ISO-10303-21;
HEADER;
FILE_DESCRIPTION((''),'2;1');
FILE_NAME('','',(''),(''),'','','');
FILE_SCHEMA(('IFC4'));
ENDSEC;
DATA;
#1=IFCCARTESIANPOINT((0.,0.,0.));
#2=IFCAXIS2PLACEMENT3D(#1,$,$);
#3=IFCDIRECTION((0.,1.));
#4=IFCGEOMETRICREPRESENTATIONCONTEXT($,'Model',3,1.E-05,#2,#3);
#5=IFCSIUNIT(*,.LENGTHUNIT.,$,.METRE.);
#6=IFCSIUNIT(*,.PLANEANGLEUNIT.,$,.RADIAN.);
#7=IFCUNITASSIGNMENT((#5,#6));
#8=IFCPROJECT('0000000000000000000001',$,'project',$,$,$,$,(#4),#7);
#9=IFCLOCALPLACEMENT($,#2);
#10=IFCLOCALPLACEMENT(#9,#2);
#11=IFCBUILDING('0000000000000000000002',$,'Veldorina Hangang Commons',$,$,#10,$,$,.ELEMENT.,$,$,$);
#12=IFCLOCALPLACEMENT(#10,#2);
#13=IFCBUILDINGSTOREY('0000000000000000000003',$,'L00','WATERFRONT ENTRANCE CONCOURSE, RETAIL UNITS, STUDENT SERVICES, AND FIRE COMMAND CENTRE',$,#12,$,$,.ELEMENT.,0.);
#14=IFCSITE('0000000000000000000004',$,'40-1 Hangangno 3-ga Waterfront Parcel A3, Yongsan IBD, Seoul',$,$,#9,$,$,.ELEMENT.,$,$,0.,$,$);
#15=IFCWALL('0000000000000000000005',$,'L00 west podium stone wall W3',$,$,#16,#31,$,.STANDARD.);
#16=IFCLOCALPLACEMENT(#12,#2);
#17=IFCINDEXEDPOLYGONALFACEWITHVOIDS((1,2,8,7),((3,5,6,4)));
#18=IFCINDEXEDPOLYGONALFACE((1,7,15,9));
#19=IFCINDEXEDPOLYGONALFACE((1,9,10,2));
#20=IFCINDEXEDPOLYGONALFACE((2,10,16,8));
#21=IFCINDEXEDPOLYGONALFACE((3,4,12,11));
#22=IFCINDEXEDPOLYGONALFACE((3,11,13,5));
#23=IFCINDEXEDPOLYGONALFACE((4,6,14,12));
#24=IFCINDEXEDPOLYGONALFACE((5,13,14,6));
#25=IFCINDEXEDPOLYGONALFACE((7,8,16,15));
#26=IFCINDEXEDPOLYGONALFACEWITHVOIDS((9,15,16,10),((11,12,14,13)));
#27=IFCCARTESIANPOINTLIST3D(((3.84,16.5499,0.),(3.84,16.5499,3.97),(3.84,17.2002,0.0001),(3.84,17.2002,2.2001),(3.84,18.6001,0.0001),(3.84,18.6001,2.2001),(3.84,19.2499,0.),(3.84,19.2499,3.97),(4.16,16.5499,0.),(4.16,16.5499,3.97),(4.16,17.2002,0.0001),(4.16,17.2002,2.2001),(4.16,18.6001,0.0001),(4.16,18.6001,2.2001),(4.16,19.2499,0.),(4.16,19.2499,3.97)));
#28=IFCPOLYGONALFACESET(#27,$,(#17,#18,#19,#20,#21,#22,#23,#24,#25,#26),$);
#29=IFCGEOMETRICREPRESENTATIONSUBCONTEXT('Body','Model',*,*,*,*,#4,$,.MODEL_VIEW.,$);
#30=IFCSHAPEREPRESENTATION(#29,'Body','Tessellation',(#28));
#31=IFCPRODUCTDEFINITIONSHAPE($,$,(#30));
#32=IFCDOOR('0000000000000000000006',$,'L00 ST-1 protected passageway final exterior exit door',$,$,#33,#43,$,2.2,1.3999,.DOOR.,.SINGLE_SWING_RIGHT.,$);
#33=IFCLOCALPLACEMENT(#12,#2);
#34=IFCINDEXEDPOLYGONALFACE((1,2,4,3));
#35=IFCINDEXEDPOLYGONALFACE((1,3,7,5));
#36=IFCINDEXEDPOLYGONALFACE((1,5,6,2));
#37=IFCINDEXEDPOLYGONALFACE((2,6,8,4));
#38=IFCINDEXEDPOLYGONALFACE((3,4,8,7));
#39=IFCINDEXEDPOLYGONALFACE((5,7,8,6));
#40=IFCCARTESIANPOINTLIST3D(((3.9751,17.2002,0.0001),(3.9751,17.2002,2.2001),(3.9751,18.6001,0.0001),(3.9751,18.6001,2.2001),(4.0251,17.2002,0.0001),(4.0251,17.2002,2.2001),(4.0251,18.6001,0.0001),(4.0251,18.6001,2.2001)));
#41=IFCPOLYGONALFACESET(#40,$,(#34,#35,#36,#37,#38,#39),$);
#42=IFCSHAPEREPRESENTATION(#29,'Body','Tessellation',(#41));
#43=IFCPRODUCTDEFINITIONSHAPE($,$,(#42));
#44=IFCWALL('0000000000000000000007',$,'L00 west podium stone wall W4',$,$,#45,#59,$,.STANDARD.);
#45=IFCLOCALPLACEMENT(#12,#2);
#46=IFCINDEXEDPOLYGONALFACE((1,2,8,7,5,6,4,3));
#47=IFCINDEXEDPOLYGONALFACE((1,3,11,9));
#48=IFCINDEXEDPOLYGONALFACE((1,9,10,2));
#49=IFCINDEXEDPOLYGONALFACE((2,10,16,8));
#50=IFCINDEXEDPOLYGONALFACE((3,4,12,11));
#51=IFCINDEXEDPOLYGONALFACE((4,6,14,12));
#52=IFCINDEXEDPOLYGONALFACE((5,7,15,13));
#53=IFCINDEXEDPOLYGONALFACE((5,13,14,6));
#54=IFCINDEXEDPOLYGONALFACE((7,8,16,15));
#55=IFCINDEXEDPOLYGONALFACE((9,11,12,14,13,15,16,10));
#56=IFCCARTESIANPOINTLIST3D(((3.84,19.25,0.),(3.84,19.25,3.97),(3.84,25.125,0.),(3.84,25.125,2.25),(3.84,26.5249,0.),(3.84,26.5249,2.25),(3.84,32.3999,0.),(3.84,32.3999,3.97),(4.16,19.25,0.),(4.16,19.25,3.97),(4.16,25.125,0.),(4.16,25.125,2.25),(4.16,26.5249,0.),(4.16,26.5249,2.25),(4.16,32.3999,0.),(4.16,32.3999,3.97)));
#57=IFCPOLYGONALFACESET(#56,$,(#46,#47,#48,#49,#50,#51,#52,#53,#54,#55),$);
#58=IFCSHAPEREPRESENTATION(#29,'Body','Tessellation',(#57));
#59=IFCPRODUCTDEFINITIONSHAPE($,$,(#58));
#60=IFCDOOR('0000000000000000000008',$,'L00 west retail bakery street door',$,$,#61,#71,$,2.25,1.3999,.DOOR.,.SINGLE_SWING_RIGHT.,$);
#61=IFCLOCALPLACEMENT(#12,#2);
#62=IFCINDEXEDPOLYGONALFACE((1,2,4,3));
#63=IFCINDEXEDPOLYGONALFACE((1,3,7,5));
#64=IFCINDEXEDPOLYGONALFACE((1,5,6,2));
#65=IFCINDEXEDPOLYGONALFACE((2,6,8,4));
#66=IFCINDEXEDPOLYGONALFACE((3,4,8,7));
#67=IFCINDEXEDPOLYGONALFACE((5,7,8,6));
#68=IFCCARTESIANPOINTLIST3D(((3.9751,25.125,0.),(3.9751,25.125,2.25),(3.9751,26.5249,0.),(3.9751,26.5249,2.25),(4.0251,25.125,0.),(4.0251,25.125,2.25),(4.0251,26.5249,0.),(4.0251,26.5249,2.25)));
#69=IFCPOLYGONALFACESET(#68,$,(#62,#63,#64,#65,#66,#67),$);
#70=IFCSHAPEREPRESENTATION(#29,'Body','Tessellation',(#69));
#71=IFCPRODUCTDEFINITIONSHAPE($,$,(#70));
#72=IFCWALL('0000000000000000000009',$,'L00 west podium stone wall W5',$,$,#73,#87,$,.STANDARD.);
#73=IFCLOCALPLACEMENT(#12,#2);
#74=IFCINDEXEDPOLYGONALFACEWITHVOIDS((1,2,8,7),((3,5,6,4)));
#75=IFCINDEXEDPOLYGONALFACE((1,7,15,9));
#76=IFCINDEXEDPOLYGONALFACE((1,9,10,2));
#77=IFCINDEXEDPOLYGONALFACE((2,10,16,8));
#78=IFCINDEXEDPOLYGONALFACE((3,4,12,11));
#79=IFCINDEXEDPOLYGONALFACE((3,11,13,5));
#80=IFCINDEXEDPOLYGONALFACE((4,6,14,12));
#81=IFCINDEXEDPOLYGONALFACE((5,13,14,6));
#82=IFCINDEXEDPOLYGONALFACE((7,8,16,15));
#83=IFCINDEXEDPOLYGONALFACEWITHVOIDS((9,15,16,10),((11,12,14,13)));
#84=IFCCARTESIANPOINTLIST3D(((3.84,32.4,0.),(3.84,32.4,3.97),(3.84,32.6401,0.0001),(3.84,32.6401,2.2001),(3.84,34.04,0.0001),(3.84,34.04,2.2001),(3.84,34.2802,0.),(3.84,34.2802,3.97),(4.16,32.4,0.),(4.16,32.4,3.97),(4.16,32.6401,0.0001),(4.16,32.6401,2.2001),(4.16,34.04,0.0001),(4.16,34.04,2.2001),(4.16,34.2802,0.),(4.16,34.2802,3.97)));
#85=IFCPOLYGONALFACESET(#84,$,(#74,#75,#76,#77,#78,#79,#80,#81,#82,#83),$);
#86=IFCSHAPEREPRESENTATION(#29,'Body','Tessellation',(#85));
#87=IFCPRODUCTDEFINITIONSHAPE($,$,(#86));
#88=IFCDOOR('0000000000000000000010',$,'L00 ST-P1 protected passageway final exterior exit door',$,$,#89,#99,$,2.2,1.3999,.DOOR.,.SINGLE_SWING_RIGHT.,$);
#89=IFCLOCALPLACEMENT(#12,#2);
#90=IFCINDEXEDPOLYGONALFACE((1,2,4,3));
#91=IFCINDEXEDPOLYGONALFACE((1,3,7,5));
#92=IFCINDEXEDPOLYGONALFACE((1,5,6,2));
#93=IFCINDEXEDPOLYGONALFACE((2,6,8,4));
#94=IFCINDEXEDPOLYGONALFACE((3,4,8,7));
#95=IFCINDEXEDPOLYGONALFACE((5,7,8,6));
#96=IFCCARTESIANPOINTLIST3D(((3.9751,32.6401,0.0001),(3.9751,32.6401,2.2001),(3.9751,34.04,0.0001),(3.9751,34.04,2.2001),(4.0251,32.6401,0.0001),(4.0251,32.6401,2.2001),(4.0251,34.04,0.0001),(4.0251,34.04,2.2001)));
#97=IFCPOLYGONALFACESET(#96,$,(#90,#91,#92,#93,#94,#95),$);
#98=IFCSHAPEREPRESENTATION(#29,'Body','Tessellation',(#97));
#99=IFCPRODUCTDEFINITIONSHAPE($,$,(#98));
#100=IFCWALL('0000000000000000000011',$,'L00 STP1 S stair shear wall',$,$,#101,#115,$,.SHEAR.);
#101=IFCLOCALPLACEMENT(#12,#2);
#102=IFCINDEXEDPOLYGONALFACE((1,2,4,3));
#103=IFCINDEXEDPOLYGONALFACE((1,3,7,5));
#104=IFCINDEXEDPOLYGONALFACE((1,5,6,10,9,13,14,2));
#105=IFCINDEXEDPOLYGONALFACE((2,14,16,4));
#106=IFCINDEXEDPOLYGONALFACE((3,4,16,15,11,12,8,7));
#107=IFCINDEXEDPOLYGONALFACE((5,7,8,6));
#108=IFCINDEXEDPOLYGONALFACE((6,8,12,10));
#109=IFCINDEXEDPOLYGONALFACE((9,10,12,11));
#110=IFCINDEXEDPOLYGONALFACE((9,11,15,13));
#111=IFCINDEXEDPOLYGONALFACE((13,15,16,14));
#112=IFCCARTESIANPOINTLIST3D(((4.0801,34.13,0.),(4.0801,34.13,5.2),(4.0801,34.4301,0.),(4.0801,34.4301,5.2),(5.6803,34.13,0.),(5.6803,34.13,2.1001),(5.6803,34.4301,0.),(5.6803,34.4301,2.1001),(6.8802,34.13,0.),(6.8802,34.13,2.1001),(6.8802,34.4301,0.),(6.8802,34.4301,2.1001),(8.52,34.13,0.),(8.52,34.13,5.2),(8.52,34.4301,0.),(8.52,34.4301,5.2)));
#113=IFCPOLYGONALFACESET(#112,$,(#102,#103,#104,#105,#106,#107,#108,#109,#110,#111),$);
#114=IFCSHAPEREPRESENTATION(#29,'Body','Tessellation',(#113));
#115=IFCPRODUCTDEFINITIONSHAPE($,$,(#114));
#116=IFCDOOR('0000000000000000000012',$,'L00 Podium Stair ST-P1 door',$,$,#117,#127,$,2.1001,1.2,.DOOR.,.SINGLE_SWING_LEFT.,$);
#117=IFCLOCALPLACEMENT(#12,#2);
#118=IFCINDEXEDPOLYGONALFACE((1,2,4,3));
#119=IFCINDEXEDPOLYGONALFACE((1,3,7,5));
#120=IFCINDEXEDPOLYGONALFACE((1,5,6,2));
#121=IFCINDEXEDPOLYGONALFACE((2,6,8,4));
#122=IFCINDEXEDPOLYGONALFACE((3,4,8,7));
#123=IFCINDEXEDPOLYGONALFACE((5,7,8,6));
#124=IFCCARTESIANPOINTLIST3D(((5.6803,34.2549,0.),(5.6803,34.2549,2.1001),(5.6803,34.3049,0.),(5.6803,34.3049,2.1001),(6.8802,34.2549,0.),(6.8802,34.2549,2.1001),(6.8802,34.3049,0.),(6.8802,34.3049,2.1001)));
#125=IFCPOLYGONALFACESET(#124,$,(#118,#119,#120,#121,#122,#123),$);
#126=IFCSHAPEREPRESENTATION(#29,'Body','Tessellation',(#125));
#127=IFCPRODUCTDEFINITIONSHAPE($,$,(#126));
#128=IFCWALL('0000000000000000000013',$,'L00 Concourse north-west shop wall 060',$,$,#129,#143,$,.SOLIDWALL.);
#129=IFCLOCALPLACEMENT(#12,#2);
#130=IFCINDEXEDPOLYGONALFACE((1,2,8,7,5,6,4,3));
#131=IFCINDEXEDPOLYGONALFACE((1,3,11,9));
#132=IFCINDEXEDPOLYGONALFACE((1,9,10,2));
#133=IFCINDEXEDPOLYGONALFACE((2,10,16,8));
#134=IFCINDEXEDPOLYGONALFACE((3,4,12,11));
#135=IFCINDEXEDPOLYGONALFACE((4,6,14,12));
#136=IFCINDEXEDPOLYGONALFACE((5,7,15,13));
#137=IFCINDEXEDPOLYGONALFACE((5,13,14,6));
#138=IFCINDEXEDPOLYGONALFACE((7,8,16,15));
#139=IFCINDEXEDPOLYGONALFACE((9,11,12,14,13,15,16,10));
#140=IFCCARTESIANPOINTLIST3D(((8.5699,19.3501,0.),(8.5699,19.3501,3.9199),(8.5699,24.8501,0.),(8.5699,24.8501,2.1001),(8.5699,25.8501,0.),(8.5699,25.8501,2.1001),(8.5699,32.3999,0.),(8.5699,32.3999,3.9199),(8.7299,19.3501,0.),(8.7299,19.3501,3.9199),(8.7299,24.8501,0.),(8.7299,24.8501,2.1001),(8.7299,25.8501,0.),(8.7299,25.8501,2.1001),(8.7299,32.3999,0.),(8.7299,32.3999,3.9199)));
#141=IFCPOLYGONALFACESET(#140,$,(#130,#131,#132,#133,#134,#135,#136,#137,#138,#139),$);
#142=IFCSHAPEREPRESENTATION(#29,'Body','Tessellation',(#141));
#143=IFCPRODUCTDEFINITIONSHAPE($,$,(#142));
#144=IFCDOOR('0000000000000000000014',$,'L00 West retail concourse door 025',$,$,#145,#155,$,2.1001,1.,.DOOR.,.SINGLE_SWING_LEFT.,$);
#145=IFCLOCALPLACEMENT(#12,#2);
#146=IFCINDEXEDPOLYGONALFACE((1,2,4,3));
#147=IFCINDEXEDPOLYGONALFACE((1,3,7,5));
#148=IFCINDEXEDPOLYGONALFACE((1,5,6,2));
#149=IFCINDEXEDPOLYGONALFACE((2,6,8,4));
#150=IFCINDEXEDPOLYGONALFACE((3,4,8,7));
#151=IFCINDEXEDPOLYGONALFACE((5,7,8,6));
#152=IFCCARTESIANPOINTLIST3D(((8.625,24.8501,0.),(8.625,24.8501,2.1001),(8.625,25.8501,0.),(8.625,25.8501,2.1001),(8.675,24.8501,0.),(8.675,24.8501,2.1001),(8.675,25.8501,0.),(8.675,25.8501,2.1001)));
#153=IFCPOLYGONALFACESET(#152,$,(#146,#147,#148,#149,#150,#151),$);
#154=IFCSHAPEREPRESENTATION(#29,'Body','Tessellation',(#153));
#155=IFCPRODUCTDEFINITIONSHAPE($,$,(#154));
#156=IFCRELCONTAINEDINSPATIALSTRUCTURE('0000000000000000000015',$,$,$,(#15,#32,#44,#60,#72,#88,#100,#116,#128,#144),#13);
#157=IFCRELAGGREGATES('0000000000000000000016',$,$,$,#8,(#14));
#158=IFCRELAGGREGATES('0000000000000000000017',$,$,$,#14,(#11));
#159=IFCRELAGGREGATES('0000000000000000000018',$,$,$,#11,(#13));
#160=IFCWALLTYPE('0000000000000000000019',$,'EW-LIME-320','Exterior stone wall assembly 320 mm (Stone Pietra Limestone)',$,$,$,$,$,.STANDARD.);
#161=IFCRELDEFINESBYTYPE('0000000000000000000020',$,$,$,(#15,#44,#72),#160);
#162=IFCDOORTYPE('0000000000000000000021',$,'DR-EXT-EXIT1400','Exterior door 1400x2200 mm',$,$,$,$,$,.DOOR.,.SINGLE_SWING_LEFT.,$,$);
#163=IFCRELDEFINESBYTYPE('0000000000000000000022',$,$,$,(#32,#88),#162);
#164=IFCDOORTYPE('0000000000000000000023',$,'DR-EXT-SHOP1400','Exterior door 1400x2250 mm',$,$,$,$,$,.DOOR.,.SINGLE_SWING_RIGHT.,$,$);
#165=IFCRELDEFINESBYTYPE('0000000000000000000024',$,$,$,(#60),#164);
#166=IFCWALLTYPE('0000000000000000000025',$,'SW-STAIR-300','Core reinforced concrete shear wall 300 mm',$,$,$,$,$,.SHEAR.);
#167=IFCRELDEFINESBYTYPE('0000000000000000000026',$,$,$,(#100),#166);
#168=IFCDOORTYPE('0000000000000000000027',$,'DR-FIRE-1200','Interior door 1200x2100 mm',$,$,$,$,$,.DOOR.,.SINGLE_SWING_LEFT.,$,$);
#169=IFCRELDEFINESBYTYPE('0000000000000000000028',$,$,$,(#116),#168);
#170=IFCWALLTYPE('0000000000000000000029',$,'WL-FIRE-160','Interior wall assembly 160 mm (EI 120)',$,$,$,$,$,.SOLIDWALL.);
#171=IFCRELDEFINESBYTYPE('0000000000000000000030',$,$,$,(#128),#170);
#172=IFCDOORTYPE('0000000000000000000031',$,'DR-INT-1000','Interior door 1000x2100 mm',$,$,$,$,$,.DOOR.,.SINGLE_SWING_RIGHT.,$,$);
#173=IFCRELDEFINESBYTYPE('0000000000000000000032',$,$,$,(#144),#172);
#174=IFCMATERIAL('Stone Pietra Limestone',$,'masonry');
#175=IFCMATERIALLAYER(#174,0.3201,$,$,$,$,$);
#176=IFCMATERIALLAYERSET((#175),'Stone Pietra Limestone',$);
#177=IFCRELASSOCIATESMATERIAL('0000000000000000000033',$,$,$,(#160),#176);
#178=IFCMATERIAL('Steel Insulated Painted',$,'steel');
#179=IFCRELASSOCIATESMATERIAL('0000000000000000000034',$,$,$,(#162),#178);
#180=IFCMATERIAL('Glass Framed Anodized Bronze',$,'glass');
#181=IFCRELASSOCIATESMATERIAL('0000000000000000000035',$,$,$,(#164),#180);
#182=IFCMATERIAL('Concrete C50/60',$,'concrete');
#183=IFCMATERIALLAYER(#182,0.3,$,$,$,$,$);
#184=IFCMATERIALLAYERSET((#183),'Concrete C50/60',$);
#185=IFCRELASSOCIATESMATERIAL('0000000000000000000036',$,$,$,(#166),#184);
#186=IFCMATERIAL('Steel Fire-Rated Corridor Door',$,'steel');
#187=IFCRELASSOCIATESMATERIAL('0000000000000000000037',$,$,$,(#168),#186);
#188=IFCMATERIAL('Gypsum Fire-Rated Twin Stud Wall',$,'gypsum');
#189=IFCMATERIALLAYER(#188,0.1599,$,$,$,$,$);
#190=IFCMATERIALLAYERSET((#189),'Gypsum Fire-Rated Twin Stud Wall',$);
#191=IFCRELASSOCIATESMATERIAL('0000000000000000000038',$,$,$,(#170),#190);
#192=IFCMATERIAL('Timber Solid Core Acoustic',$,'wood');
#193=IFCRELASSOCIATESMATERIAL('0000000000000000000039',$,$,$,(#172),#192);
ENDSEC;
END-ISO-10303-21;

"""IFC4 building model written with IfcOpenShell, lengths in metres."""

from ifc_helpers import new_model, si_unit, direction, frame, frame_2d, origin, place, context, subcontext, project, spatial, rectangle, extrude, material, layer, layer_set, type_object, element, fill, save


model = new_model("IFC4")

# Units and contexts
model_context = context("Model", 3, precision=1e-05, world=origin(), true_north=direction((0.0, 1.0)))
body_context = subcontext(model_context, "Body", "Model", "MODEL_VIEW")
ifc_project = project(units=[si_unit("LENGTHUNIT", "METRE"), si_unit("PLANEANGLEUNIT", "RADIAN")], contexts=[model_context])

# Site, building, storey
site_placement = place(None, origin())
site = spatial("IfcSite", under=ifc_project, at=site_placement, Name="40-1 Hangangno 3-ga Waterfront Parcel A3, Yongsan IBD, Seoul", CompositionType="ELEMENT", RefElevation=0.0)
building_placement = place(site_placement, origin())
building = spatial("IfcBuilding", under=site, at=building_placement, Name="Veldorina Hangang Commons", CompositionType="ELEMENT")
storey_placement = place(building_placement, origin())
storey = spatial("IfcBuildingStorey", under=building, at=storey_placement, Name="L00", Description="WATERFRONT ENTRANCE CONCOURSE, RETAIL UNITS, STUDENT SERVICES, AND FIRE COMMAND CENTRE", CompositionType="ELEMENT", Elevation=0.0)

# Walls, openings, doors
ifc_material_1 = material(Name="Stone Pietra Limestone", Category="masonry")
ifc_layer_1 = layer(ifc_material_1, 0.3201)
ifc_layer_set_1 = layer_set([ifc_layer_1], Name="Stone Pietra Limestone")
wall_type_1 = type_object("IfcWallType", Name="EW-LIME-320", Description="Exterior stone wall assembly 320 mm (Stone Pietra Limestone)", PredefinedType="STANDARD", material=ifc_layer_set_1)
wall_1_placement = place(storey_placement, frame((4.0, 19.25, 0.0), z_axis=(0.0, 0.0, 1.0), x_axis=(0.0, -1.0, 0.0)))
wall_1 = element("IfcWall", 1, at=wall_1_placement, inside=storey, type_object=wall_type_1, Name="L00 west podium stone wall W3", PredefinedType="STANDARD", context=body_context, shape_type="SweptSolid", body=[
    extrude(rectangle(XDim=2.7, YDim=0.3201, at=frame_2d((1.3501, 0.0))), origin(), (0.0, 0.0, 1.0), 3.97),
])
opening_1_placement = place(wall_1_placement, frame((0.6499, 0.0, 0.0)))
opening_1 = element("IfcOpeningElement", 2, at=opening_1_placement, cuts=wall_1, PredefinedType="OPENING", context=body_context, shape_type="SweptSolid", body=[
    extrude(rectangle(XDim=1.3999, YDim=2.2, at=frame_2d((0.7, 1.1001))), frame((0.0, 0.1699, 0.0), z_axis=(0.0, -1.0, 0.0), x_axis=(1.0, 0.0, 0.0)), (0.0, 0.0, 1.0), 0.3401),
])
ifc_material_2 = material(Name="Steel Insulated Painted", Category="steel")
door_type_1 = type_object("IfcDoorType", Name="DR-EXT-EXIT1400", Description="Exterior door 1400x2200 mm", OperationType="SINGLE_SWING_LEFT", PredefinedType="DOOR", material=ifc_material_2)
door_1_placement = place(opening_1_placement, frame((1.3999, 0.0, 0.0), z_axis=(0.0, 0.0, 1.0), x_axis=(-1.0, 0.0, 0.0)))
door_1 = element("IfcDoor", 3, at=door_1_placement, inside=storey, type_object=door_type_1, Name="L00 ST-1 protected passageway final exterior exit door", OperationType="SINGLE_SWING_RIGHT", OverallHeight=2.2, OverallWidth=1.3999, PredefinedType="DOOR", context=body_context, shape_type="SweptSolid", body=[
    extrude(rectangle(XDim=1.3999, YDim=2.2, at=frame_2d((0.7, 1.1001))), frame((0.0, 0.0249, 0.0), z_axis=(0.0, -1.0, 0.0), x_axis=(1.0, 0.0, 0.0)), (0.0, 0.0, 1.0), 0.05),
])
fill(opening_1, door_1)
wall_2_placement = place(storey_placement, frame((4.0, 32.3999, 0.0), z_axis=(0.0, 0.0, 1.0), x_axis=(0.0, -1.0, 0.0)))
wall_2 = element("IfcWall", 4, at=wall_2_placement, inside=storey, type_object=wall_type_1, Name="L00 west podium stone wall W4", PredefinedType="STANDARD", context=body_context, shape_type="SweptSolid", body=[
    extrude(rectangle(XDim=13.1499, YDim=0.3201, at=frame_2d((6.575, 0.0))), origin(), (0.0, 0.0, 1.0), 3.97),
])
opening_2_placement = place(wall_2_placement, frame((5.875, 0.0, 0.0)))
opening_2 = element("IfcOpeningElement", 5, at=opening_2_placement, cuts=wall_2, PredefinedType="OPENING", context=body_context, shape_type="SweptSolid", body=[
    extrude(rectangle(XDim=1.3999, YDim=2.25, at=frame_2d((0.7, 1.125))), frame((0.0, 0.1699, 0.0), z_axis=(0.0, -1.0, 0.0), x_axis=(1.0, 0.0, 0.0)), (0.0, 0.0, 1.0), 0.3401),
])
ifc_material_3 = material(Name="Glass Framed Anodized Bronze", Category="glass")
door_type_2 = type_object("IfcDoorType", Name="DR-EXT-SHOP1400", Description="Exterior door 1400x2250 mm", OperationType="SINGLE_SWING_RIGHT", PredefinedType="DOOR", material=ifc_material_3)
door_2_placement = place(opening_2_placement, frame((1.3999, 0.0, 0.0), z_axis=(0.0, 0.0, 1.0), x_axis=(-1.0, 0.0, 0.0)))
door_2 = element("IfcDoor", 6, at=door_2_placement, inside=storey, type_object=door_type_2, Name="L00 west retail bakery street door", OperationType="SINGLE_SWING_RIGHT", OverallHeight=2.25, OverallWidth=1.3999, PredefinedType="DOOR", context=body_context, shape_type="SweptSolid", body=[
    extrude(rectangle(XDim=1.3999, YDim=2.25, at=frame_2d((0.7, 1.125))), frame((0.0, 0.0249, 0.0), z_axis=(0.0, -1.0, 0.0), x_axis=(1.0, 0.0, 0.0)), (0.0, 0.0, 1.0), 0.05),
])
fill(opening_2, door_2)
wall_3_placement = place(storey_placement, frame((4.0, 34.28, 0.0), z_axis=(0.0, 0.0, 1.0), x_axis=(0.0, -1.0, 0.0)))
wall_3 = element("IfcWall", 7, at=wall_3_placement, inside=storey, type_object=wall_type_1, Name="L00 west podium stone wall W5", PredefinedType="STANDARD", context=body_context, shape_type="SweptSolid", body=[
    extrude(rectangle(XDim=1.8801, YDim=0.3201, at=frame_2d((0.9399, 0.0))), origin(), (0.0, 0.0, 1.0), 3.97),
])
opening_3_placement = place(wall_3_placement, frame((0.24, 0.0, 0.0)))
opening_3 = element("IfcOpeningElement", 8, at=opening_3_placement, cuts=wall_3, PredefinedType="OPENING", context=body_context, shape_type="SweptSolid", body=[
    extrude(rectangle(XDim=1.3999, YDim=2.2, at=frame_2d((0.7, 1.1001))), frame((0.0, 0.1699, 0.0), z_axis=(0.0, -1.0, 0.0), x_axis=(1.0, 0.0, 0.0)), (0.0, 0.0, 1.0), 0.3401),
])
door_3_placement = place(opening_3_placement, frame((1.3999, 0.0, 0.0), z_axis=(0.0, 0.0, 1.0), x_axis=(-1.0, 0.0, 0.0)))
door_3 = element("IfcDoor", 9, at=door_3_placement, inside=storey, type_object=door_type_1, Name="L00 ST-P1 protected passageway final exterior exit door", OperationType="SINGLE_SWING_RIGHT", OverallHeight=2.2, OverallWidth=1.3999, PredefinedType="DOOR", context=body_context, shape_type="SweptSolid", body=[
    extrude(rectangle(XDim=1.3999, YDim=2.2, at=frame_2d((0.7, 1.1001))), frame((0.0, 0.0249, 0.0), z_axis=(0.0, -1.0, 0.0), x_axis=(1.0, 0.0, 0.0)), (0.0, 0.0, 1.0), 0.05),
])
fill(opening_3, door_3)
ifc_material_4 = material(Name="Concrete C50/60", Category="concrete")
ifc_layer_2 = layer(ifc_material_4, 0.3)
ifc_layer_set_2 = layer_set([ifc_layer_2], Name="Concrete C50/60")
wall_type_2 = type_object("IfcWallType", Name="SW-STAIR-300", Description="Core reinforced concrete shear wall 300 mm", PredefinedType="SHEAR", material=ifc_layer_set_2)
wall_4_placement = place(storey_placement, frame((4.0801, 34.28, 0.0), z_axis=(0.0, 0.0, 1.0), x_axis=(1.0, 0.0, 0.0)))
wall_4 = element("IfcWall", 10, at=wall_4_placement, inside=storey, type_object=wall_type_2, Name="L00 STP1 S stair shear wall", PredefinedType="SHEAR", context=body_context, shape_type="SweptSolid", body=[
    extrude(rectangle(XDim=4.4399, YDim=0.3, at=frame_2d((2.22, 0.0))), origin(), (0.0, 0.0, 1.0), 5.2),
])
opening_4_placement = place(wall_4_placement, frame((1.6001, 0.0, 0.0)))
opening_4 = element("IfcOpeningElement", 11, at=opening_4_placement, cuts=wall_4, PredefinedType="OPENING", context=body_context, shape_type="SweptSolid", body=[
    extrude(rectangle(XDim=1.2, YDim=2.1001, at=frame_2d((0.6001, 1.05))), frame((0.0, 0.1602, 0.0), z_axis=(0.0, -1.0, 0.0), x_axis=(1.0, 0.0, 0.0)), (0.0, 0.0, 1.0), 0.3201),
])
ifc_material_5 = material(Name="Steel Fire-Rated Corridor Door", Category="steel")
door_type_3 = type_object("IfcDoorType", Name="DR-FIRE-1200", Description="Interior door 1200x2100 mm", OperationType="SINGLE_SWING_LEFT", PredefinedType="DOOR", material=ifc_material_5)
door_4_placement = place(opening_4_placement, origin())
door_4 = element("IfcDoor", 12, at=door_4_placement, inside=storey, type_object=door_type_3, Name="L00 Podium Stair ST-P1 door", OperationType="SINGLE_SWING_LEFT", OverallHeight=2.1001, OverallWidth=1.2, PredefinedType="DOOR", context=body_context, shape_type="SweptSolid", body=[
    extrude(rectangle(XDim=1.2, YDim=2.1001, at=frame_2d((0.6001, 1.05))), frame((0.0, 0.0249, 0.0), z_axis=(0.0, -1.0, 0.0), x_axis=(1.0, 0.0, 0.0)), (0.0, 0.0, 1.0), 0.05),
])
fill(opening_4, door_4)
ifc_material_6 = material(Name="Gypsum Fire-Rated Twin Stud Wall", Category="gypsum")
ifc_layer_3 = layer(ifc_material_6, 0.1599)
ifc_layer_set_3 = layer_set([ifc_layer_3], Name="Gypsum Fire-Rated Twin Stud Wall")
wall_type_3 = type_object("IfcWallType", Name="WL-FIRE-160", Description="Interior wall assembly 160 mm (EI 120)", PredefinedType="SOLIDWALL", material=ifc_layer_set_3)
wall_5_placement = place(storey_placement, frame((8.6499, 19.3501, 0.0), z_axis=(0.0, 0.0, 1.0), x_axis=(0.0, 1.0, 0.0)))
wall_5 = element("IfcWall", 13, at=wall_5_placement, inside=storey, type_object=wall_type_3, Name="L00 Concourse north-west shop wall 060", PredefinedType="SOLIDWALL", context=body_context, shape_type="SweptSolid", body=[
    extrude(rectangle(XDim=13.0498, YDim=0.1599, at=frame_2d((6.5249, 0.0))), origin(), (0.0, 0.0, 1.0), 3.9199),
])
opening_5_placement = place(wall_5_placement, frame((5.5, 0.0, 0.0)))
opening_5 = element("IfcOpeningElement", 14, at=opening_5_placement, cuts=wall_5, PredefinedType="OPENING", context=body_context, shape_type="SweptSolid", body=[
    extrude(rectangle(XDim=1.0, YDim=2.1001, at=frame_2d((0.5, 1.05))), frame((0.0, 0.0898, 0.0), z_axis=(0.0, -1.0, 0.0), x_axis=(1.0, 0.0, 0.0)), (0.0, 0.0, 1.0), 0.1799),
])
ifc_material_7 = material(Name="Timber Solid Core Acoustic", Category="wood")
door_type_4 = type_object("IfcDoorType", Name="DR-INT-1000", Description="Interior door 1000x2100 mm", OperationType="SINGLE_SWING_RIGHT", PredefinedType="DOOR", material=ifc_material_7)
door_5_placement = place(opening_5_placement, origin())
door_5 = element("IfcDoor", 15, at=door_5_placement, inside=storey, type_object=door_type_4, Name="L00 West retail concourse door 025", OperationType="SINGLE_SWING_LEFT", OverallHeight=2.1001, OverallWidth=1.0, PredefinedType="DOOR", context=body_context, shape_type="SweptSolid", body=[
    extrude(rectangle(XDim=1.0, YDim=2.1001, at=frame_2d((0.5, 1.05))), frame((0.0, 0.0249, 0.0), z_axis=(0.0, -1.0, 0.0), x_axis=(1.0, 0.0, 0.0)), (0.0, 0.0, 1.0), 0.05),
])
fill(opening_5, door_5)

save(model, "model.ifc")
